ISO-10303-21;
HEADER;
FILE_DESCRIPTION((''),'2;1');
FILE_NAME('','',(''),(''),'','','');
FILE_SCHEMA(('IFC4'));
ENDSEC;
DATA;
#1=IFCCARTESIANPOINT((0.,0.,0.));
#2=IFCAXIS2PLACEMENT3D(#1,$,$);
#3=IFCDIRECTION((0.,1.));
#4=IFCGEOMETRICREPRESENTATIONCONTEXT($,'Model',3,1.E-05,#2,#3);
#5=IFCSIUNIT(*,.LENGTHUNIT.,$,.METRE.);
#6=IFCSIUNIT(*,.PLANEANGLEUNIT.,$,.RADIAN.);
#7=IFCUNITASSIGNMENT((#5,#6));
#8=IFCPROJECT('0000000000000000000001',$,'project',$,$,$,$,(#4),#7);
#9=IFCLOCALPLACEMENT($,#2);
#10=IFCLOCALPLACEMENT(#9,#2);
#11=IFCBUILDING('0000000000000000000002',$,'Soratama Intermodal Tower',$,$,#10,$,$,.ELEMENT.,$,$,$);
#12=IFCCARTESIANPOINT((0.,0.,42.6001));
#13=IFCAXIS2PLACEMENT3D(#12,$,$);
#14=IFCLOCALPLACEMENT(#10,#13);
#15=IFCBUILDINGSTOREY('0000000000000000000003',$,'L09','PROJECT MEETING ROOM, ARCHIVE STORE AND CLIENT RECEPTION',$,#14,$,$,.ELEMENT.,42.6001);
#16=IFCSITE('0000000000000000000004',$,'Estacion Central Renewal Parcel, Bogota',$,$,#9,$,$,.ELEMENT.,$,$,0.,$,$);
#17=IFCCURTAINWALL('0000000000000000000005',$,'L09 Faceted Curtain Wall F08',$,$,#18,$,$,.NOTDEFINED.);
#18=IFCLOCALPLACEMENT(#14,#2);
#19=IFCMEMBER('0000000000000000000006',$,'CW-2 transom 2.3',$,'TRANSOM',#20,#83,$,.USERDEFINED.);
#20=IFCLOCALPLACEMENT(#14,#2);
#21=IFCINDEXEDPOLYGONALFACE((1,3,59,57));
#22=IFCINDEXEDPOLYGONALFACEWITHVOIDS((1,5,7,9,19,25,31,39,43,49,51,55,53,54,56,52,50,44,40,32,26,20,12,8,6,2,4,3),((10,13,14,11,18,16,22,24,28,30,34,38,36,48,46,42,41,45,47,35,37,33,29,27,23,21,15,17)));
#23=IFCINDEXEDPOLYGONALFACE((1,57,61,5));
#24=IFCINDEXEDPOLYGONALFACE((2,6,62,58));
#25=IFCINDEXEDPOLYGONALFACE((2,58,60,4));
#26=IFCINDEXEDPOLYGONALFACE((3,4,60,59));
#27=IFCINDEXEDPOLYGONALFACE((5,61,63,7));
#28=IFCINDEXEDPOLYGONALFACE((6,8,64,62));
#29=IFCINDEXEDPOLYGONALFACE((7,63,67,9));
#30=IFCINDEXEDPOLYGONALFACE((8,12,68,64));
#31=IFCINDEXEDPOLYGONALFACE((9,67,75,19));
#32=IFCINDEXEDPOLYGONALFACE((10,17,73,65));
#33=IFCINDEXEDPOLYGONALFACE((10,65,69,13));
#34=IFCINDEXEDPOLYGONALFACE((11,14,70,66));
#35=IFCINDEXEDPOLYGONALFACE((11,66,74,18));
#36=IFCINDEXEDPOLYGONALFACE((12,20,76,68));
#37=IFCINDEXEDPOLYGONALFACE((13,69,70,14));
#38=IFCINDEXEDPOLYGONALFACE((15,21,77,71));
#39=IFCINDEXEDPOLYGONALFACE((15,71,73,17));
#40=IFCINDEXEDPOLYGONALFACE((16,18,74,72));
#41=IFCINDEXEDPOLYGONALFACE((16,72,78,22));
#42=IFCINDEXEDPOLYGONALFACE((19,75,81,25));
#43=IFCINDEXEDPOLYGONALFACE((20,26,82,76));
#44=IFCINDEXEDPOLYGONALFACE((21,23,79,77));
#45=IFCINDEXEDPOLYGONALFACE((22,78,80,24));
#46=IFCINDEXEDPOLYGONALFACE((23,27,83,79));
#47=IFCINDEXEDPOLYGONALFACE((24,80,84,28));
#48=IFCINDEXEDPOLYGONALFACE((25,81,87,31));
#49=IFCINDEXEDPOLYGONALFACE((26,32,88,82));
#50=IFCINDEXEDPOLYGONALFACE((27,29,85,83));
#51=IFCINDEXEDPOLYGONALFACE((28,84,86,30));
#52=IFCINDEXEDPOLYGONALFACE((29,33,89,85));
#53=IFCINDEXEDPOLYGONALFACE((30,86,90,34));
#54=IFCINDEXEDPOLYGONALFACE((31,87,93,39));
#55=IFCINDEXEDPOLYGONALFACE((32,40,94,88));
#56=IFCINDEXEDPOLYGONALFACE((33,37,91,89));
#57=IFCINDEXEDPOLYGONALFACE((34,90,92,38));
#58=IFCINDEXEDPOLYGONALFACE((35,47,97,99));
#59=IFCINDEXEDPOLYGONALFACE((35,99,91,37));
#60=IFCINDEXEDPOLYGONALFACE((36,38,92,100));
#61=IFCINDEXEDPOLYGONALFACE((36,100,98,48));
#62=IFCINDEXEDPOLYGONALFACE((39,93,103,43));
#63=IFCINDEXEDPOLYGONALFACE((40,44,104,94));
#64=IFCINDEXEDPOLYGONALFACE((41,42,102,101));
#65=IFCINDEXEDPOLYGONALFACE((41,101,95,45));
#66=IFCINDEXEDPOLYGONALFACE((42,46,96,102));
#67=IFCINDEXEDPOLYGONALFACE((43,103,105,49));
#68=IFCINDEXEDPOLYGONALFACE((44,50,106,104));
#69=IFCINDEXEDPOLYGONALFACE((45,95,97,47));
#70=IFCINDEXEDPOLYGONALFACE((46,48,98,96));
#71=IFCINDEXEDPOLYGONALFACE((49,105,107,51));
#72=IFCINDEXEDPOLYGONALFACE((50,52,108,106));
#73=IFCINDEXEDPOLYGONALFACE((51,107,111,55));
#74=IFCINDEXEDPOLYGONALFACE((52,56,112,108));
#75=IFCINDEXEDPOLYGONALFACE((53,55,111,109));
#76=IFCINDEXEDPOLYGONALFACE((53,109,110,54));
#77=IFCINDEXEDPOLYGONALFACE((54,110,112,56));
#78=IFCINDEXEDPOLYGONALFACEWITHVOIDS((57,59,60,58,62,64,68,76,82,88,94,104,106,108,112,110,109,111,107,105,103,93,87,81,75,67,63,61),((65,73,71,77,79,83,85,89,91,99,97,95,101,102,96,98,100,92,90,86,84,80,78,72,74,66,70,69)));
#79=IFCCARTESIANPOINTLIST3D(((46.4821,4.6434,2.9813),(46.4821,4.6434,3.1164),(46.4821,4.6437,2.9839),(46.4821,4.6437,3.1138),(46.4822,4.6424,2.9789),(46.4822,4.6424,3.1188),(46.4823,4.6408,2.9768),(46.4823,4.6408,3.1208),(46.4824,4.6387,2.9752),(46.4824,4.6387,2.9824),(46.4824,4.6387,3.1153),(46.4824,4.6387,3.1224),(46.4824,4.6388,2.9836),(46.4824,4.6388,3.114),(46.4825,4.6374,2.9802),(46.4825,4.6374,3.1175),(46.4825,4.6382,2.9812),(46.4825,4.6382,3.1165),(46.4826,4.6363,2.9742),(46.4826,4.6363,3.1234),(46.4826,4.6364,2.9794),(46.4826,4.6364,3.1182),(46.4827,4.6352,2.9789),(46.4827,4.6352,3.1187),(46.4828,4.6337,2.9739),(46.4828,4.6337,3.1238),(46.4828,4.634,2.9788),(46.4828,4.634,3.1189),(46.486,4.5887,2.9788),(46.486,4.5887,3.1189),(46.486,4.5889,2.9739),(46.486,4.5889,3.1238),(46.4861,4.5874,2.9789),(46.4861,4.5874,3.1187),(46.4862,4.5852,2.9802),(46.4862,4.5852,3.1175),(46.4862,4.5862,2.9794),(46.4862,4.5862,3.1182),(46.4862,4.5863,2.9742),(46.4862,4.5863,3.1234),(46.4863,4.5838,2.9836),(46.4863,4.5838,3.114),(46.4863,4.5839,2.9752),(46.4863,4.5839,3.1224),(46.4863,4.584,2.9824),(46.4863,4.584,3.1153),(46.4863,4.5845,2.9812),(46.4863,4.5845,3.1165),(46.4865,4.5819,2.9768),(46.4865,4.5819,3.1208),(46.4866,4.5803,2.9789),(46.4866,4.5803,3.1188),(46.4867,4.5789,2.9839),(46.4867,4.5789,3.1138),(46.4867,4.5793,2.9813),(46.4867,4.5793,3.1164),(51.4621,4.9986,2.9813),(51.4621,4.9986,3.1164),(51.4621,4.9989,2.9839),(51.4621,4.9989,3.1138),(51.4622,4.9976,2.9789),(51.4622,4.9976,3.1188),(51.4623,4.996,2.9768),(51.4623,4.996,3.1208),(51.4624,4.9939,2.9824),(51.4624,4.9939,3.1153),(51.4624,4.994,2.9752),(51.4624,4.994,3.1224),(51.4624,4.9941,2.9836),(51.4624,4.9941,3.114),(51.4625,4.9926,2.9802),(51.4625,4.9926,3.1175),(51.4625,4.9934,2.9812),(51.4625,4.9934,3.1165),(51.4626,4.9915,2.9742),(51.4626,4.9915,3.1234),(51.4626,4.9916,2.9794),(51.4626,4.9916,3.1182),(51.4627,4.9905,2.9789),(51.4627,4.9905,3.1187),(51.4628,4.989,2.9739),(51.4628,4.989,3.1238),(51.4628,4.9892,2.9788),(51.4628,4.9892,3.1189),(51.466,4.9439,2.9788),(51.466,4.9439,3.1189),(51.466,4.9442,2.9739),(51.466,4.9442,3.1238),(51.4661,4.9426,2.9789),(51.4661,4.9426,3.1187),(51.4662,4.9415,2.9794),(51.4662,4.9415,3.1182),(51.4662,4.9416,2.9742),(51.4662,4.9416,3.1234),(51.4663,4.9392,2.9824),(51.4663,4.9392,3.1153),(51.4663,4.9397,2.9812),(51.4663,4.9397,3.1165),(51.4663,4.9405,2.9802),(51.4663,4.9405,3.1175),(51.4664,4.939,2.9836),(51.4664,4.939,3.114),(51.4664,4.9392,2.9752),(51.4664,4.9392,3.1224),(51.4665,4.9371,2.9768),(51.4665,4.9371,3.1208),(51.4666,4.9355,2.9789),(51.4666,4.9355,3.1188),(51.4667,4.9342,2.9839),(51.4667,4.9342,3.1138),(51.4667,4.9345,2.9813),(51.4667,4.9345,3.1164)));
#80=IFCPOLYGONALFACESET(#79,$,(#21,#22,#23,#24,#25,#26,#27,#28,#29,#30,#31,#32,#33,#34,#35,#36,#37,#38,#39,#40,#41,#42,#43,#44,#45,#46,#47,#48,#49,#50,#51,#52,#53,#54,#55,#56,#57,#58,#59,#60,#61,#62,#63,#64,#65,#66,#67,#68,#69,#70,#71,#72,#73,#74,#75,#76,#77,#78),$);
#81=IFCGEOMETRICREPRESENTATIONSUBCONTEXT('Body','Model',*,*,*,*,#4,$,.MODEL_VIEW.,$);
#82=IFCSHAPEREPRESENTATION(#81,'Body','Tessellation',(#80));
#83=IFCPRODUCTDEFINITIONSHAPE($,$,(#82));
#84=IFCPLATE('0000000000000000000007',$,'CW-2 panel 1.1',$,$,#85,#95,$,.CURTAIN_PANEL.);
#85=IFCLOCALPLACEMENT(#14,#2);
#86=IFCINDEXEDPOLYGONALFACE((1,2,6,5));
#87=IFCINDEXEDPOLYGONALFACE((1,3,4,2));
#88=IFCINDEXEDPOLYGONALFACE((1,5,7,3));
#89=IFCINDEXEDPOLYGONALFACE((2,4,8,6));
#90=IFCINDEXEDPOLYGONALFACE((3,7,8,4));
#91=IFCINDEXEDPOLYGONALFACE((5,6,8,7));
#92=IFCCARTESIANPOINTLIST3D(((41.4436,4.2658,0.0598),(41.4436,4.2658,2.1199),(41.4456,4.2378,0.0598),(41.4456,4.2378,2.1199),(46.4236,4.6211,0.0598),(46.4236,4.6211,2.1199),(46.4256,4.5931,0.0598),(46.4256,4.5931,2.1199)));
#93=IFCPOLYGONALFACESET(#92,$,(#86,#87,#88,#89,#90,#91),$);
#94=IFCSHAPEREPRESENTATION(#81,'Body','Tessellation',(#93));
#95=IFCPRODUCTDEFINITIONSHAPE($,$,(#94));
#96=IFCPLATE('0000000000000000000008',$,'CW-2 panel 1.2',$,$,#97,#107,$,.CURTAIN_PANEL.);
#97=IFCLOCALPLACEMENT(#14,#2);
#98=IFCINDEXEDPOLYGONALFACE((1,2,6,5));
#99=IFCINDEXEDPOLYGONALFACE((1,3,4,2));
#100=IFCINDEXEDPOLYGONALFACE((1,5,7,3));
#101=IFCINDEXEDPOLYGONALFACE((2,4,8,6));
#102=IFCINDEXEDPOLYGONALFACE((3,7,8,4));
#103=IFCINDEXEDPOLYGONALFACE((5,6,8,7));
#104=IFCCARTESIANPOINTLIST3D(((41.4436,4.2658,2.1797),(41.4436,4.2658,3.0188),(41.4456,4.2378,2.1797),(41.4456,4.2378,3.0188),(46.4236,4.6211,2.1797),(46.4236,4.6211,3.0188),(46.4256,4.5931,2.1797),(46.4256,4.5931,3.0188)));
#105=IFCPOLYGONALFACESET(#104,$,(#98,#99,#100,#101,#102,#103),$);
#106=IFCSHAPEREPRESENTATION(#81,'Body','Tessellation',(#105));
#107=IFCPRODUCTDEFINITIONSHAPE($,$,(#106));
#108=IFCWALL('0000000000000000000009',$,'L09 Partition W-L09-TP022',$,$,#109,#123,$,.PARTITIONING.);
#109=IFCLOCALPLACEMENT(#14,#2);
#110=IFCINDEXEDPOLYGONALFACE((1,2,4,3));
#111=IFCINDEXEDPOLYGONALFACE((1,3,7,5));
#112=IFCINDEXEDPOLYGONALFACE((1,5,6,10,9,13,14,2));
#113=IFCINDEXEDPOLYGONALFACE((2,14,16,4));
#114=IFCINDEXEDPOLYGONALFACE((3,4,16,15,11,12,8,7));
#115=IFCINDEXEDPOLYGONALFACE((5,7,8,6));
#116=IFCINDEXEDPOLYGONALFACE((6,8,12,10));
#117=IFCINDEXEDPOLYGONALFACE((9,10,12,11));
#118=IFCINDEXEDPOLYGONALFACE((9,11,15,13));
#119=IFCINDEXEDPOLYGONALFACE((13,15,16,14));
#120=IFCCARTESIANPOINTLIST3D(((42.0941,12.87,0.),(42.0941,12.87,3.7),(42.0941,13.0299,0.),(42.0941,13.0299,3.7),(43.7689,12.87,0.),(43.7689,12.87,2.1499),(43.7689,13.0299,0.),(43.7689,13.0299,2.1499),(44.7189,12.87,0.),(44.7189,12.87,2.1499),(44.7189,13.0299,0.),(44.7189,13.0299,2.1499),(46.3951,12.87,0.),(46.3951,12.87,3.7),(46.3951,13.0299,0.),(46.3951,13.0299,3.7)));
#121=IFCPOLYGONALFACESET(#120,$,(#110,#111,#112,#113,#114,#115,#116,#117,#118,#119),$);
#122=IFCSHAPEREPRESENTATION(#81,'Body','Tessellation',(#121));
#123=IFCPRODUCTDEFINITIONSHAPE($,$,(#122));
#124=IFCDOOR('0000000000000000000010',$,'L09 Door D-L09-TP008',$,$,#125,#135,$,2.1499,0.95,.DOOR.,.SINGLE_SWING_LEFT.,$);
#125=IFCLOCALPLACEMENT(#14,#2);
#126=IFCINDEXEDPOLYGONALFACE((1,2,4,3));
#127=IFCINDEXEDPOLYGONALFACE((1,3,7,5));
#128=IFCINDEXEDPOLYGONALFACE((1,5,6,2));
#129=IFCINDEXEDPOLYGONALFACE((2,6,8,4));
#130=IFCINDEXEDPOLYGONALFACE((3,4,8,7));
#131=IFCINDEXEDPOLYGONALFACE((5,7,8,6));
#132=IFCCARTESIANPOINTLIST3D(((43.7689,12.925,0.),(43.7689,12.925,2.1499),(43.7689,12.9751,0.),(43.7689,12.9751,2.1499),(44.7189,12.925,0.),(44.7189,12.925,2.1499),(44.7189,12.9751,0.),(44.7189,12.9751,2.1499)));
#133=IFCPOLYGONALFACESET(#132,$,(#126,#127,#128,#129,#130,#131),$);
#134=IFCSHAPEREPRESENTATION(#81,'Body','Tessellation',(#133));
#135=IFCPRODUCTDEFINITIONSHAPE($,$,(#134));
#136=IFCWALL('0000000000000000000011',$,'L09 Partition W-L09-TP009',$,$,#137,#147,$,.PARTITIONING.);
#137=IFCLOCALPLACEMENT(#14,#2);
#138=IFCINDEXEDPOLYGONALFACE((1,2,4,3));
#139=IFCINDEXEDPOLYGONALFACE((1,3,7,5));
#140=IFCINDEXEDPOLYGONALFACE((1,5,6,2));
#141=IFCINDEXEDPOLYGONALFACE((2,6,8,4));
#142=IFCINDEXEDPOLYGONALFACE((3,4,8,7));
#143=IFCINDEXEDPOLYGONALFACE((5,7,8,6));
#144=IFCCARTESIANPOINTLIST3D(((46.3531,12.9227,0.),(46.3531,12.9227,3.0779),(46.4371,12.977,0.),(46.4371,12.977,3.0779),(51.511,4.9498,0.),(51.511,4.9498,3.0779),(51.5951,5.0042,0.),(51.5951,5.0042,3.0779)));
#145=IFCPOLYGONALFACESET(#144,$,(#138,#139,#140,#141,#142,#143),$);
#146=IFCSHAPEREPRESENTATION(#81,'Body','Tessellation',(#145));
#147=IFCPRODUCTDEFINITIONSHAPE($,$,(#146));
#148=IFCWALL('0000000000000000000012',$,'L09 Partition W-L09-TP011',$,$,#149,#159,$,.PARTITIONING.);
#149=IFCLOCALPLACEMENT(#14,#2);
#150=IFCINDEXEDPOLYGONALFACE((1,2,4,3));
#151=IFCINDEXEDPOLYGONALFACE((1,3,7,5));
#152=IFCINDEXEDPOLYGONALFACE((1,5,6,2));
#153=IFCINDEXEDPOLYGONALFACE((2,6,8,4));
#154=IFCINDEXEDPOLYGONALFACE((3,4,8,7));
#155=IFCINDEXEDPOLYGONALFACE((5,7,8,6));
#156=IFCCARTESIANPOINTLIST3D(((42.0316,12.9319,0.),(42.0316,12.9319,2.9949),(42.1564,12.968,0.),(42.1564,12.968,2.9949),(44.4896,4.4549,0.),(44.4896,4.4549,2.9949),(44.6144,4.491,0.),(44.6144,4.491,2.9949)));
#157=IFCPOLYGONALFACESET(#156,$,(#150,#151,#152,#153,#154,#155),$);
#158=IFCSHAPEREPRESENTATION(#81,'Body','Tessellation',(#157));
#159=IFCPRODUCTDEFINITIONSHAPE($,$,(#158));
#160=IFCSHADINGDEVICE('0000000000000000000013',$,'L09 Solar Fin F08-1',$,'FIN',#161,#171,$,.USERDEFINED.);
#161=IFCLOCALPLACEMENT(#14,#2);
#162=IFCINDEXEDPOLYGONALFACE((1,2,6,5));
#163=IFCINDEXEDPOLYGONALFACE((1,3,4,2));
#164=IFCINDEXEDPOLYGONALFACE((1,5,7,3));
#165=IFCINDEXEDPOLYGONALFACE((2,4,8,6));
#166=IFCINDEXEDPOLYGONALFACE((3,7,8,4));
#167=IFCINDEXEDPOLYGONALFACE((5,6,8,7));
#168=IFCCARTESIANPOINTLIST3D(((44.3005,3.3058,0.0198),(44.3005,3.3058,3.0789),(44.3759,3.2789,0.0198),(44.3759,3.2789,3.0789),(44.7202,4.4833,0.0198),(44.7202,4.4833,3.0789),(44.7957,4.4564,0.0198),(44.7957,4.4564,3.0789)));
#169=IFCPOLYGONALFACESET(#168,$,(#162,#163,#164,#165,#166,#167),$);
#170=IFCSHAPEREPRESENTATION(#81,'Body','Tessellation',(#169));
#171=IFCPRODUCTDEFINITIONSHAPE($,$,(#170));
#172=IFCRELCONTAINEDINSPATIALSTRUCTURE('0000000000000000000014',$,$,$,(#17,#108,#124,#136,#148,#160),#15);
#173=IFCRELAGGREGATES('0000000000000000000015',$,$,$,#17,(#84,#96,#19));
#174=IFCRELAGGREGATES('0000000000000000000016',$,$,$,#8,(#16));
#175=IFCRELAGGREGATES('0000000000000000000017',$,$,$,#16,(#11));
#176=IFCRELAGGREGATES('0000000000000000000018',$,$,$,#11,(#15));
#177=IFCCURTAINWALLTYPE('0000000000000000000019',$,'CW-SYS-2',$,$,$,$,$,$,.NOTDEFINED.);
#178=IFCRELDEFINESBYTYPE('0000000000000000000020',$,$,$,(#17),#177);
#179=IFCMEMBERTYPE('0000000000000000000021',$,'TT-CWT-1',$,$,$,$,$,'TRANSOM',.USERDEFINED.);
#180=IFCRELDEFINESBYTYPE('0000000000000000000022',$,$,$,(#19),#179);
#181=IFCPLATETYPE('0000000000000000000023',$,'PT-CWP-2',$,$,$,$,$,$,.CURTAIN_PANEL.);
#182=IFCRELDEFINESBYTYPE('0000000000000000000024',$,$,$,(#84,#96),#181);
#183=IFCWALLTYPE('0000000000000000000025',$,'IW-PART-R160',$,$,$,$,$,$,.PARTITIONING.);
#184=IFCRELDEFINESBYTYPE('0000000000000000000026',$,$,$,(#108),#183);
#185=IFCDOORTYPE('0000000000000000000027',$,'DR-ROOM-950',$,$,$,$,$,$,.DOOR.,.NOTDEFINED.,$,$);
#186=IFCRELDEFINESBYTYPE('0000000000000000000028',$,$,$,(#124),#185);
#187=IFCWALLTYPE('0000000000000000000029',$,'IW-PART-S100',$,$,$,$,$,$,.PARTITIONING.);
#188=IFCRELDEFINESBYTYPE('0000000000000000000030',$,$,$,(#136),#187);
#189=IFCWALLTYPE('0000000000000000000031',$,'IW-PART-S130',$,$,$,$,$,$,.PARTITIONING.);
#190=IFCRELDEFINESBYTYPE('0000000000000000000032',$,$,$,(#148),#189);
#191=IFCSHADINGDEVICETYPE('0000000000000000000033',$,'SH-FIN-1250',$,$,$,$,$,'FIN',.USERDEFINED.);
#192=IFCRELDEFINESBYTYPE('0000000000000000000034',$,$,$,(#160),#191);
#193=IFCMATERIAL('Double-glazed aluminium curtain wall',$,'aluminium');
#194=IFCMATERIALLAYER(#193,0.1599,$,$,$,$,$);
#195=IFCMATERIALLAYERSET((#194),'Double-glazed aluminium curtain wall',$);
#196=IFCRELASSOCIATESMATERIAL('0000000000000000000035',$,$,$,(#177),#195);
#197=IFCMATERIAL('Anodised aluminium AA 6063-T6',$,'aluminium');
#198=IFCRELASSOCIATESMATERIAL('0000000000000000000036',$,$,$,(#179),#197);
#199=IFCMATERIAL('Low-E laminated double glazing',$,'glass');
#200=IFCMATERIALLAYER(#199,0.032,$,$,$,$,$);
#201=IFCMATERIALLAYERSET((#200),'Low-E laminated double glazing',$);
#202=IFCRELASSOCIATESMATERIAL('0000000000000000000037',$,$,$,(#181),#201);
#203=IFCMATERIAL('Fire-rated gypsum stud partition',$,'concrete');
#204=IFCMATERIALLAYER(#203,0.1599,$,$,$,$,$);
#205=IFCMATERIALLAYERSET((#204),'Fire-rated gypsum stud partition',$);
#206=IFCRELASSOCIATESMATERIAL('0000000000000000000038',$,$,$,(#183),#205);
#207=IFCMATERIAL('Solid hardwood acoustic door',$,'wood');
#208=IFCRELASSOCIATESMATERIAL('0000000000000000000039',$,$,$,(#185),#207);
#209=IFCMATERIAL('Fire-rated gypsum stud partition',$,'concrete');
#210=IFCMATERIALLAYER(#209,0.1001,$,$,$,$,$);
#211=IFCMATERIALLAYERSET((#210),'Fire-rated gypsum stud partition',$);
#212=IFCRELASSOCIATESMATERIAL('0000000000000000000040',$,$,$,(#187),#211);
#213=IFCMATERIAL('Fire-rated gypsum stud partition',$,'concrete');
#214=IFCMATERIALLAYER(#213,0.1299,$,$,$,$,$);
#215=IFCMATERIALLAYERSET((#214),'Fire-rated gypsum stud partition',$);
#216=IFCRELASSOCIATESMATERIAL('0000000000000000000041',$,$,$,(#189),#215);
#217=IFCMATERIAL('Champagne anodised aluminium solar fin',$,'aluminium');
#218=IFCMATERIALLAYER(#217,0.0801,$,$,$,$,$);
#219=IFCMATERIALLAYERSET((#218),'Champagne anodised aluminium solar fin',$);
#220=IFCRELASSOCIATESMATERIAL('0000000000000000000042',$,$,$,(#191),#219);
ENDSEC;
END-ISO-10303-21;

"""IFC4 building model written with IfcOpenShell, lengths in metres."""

from ifc_helpers import new_model, si_unit, direction, frame, frame_2d, origin, origin_2d, place, context, subcontext, project, spatial, rectangle, hollow_rectangle, extrude, material, layer, layer_set, material_profile, profile_set, type_object, element, fill, aggregate, save


model = new_model("IFC4")

# Units and contexts
model_context = context("Model", 3, precision=1e-05, world=origin(), true_north=direction((0.0, 1.0)))
body_context = subcontext(model_context, "Body", "Model", "MODEL_VIEW")
ifc_project = project(units=[si_unit("LENGTHUNIT", "METRE"), si_unit("PLANEANGLEUNIT", "RADIAN")], contexts=[model_context])

# Site, building, storey
site_placement = place(None, origin())
site = spatial("IfcSite", under=ifc_project, at=site_placement, Name="Estacion Central Renewal Parcel, Bogota", CompositionType="ELEMENT", RefElevation=0.0)
building_placement = place(site_placement, origin())
building = spatial("IfcBuilding", under=site, at=building_placement, Name="Soratama Intermodal Tower", CompositionType="ELEMENT")
storey_placement = place(building_placement, frame((0.0, 0.0, 42.6001)))
storey = spatial("IfcBuildingStorey", under=building, at=storey_placement, Name="L09", Description="PROJECT MEETING ROOM, ARCHIVE STORE AND CLIENT RECEPTION", CompositionType="ELEMENT", Elevation=42.6001)

# Curtain wall, member, plates
ifc_material_1 = material(Name="Double-glazed aluminium curtain wall", Category="aluminium")
ifc_layer_1 = layer(ifc_material_1, 0.1599)
ifc_layer_set_1 = layer_set([ifc_layer_1], Name="Double-glazed aluminium curtain wall")
curtain_wall_type = type_object("IfcCurtainWallType", Name="CW-SYS-2", PredefinedType="NOTDEFINED", material=ifc_layer_set_1)
curtain_wall_placement = place(storey_placement, origin())
curtain_wall = element("IfcCurtainWall", 1, at=curtain_wall_placement, inside=storey, type_object=curtain_wall_type, Name="L09 Faceted Curtain Wall F08", PredefinedType="NOTDEFINED")
ifc_material_2 = material(Name="Anodised aluminium AA 6063-T6", Category="aluminium")
ifc_material_profile_1 = material_profile(ifc_material_2, hollow_rectangle(XDim=0.0649, YDim=0.1499, WallThickness=0.0049, InnerFilletRadius=0.0049, OuterFilletRadius=0.01, at=origin_2d()), Name="CWT150X65X5")
ifc_profile_set_1 = profile_set([ifc_material_profile_1], Name="Anodised aluminium AA 6063-T6")
member_type_1 = type_object("IfcMemberType", Name="TT-CWT-1", ElementType="TRANSOM", PredefinedType="USERDEFINED", material=ifc_profile_set_1)
member_1_placement = place(storey_placement, frame((46.4844, 4.6113, 3.0488), z_axis=(0.997466, 0.07115, 0.0), x_axis=(-0.07115, 0.997466, 0.0)))
member_1 = element("IfcMember", 2, at=member_1_placement, type_object=member_type_1, Name="CW-2 transom 2.3", ObjectType="TRANSOM", PredefinedType="USERDEFINED", context=body_context, shape_type="SweptSolid", body=[
    extrude(hollow_rectangle(XDim=0.0649, YDim=0.1499, WallThickness=0.0049, InnerFilletRadius=0.0049, OuterFilletRadius=0.01, at=origin_2d()), origin(), (0.0, 0.0, 1.0), 4.9927),
])
ifc_material_3 = material(Name="Low-E laminated double glazing", Category="glass")
ifc_layer_2 = layer(ifc_material_3, 0.032)
ifc_layer_set_2 = layer_set([ifc_layer_2], Name="Low-E laminated double glazing")
plate_type = type_object("IfcPlateType", Name="PT-CWP-2", PredefinedType="CURTAIN_PANEL", material=ifc_layer_set_2)
plate_1_placement = place(storey_placement, frame((43.9346, 4.4294, 0.0598), z_axis=(0.0, 0.0, 1.0), x_axis=(0.997465, 0.071154, 0.0)))
plate_1 = element("IfcPlate", 3, at=plate_1_placement, type_object=plate_type, Name="CW-2 panel 1.1", PredefinedType="CURTAIN_PANEL", context=body_context, shape_type="SweptSolid", body=[
    extrude(rectangle(XDim=4.9927, YDim=0.0281, at=origin_2d()), origin(), (0.0, 0.0, 1.0), 2.0601),
])
plate_2_placement = place(storey_placement, frame((43.9346, 4.4294, 2.1797), z_axis=(0.0, 0.0, 1.0), x_axis=(0.997465, 0.071154, 0.0)))
plate_2 = element("IfcPlate", 4, at=plate_2_placement, type_object=plate_type, Name="CW-2 panel 1.2", PredefinedType="CURTAIN_PANEL", context=body_context, shape_type="SweptSolid", body=[
    extrude(rectangle(XDim=4.9927, YDim=0.0281, at=origin_2d()), origin(), (0.0, 0.0, 1.0), 0.8391),
])
aggregate(curtain_wall, [plate_1, plate_2, member_1])

# Wall, opening, door
ifc_material_4 = material(Name="Fire-rated gypsum stud partition", Category="concrete")
ifc_layer_3 = layer(ifc_material_4, 0.1599)
ifc_layer_set_3 = layer_set([ifc_layer_3], Name="Fire-rated gypsum stud partition")
wall_type_1 = type_object("IfcWallType", Name="IW-PART-R160", PredefinedType="PARTITIONING", material=ifc_layer_set_3)
wall_1_placement = place(storey_placement, frame((46.395, 12.95, 0.0), z_axis=(0.0, 0.0, 1.0), x_axis=(-1.0, 0.0, 0.0)))
wall_1 = element("IfcWall", 5, at=wall_1_placement, inside=storey, type_object=wall_type_1, Name="L09 Partition W-L09-TP022", PredefinedType="PARTITIONING", context=body_context, shape_type="SweptSolid", body=[
    extrude(rectangle(XDim=4.301, YDim=0.1599, at=frame_2d((2.1504, 0.0))), origin(), (0.0, 0.0, 1.0), 3.7),
])
opening_1_placement = place(wall_1_placement, frame((1.676, 0.0, 0.0)))
opening_1 = element("IfcOpeningElement", 6, at=opening_1_placement, cuts=wall_1, PredefinedType="OPENING", context=body_context, shape_type="SweptSolid", body=[
    extrude(rectangle(XDim=0.95, YDim=2.1499, at=frame_2d((0.4751, 1.075))), frame((0.0, 0.0898, 0.0), z_axis=(0.0, -1.0, 0.0), x_axis=(1.0, 0.0, 0.0)), (0.0, 0.0, 1.0), 0.1799),
])
ifc_material_5 = material(Name="Solid hardwood acoustic door", Category="wood")
door_type = type_object("IfcDoorType", Name="DR-ROOM-950", OperationType="NOTDEFINED", PredefinedType="DOOR", material=ifc_material_5)
door_1_placement = place(opening_1_placement, origin())
door_1 = element("IfcDoor", 7, at=door_1_placement, inside=storey, type_object=door_type, Name="L09 Door D-L09-TP008", OperationType="SINGLE_SWING_LEFT", OverallHeight=2.1499, OverallWidth=0.95, PredefinedType="DOOR", context=body_context, shape_type="SweptSolid", body=[
    extrude(rectangle(XDim=0.95, YDim=2.1499, at=frame_2d((0.4751, 1.075))), frame((0.0, 0.0249, 0.0), z_axis=(0.0, -1.0, 0.0), x_axis=(1.0, 0.0, 0.0)), (0.0, 0.0, 1.0), 0.05),
])
fill(opening_1, door_1)

# Walls
ifc_material_6 = material(Name="Fire-rated gypsum stud partition", Category="concrete")
ifc_layer_4 = layer(ifc_material_6, 0.1001)
ifc_layer_set_4 = layer_set([ifc_layer_4], Name="Fire-rated gypsum stud partition")
wall_type_2 = type_object("IfcWallType", Name="IW-PART-S100", PredefinedType="PARTITIONING", material=ifc_layer_set_4)
wall_2_placement = place(storey_placement, frame((46.395, 12.95, 0.0), z_axis=(0.0, 0.0, 1.0), x_axis=(0.543179, -0.839617, 0.0)))
element("IfcWall", 8, at=wall_2_placement, inside=storey, type_object=wall_type_2, Name="L09 Partition W-L09-TP009", PredefinedType="PARTITIONING", context=body_context, shape_type="SweptSolid", body=[
    extrude(rectangle(XDim=9.4958, YDim=0.1001, at=frame_2d((4.748, 0.0))), origin(), (0.0, 0.0, 1.0), 3.0779),
])
ifc_material_7 = material(Name="Fire-rated gypsum stud partition", Category="concrete")
ifc_layer_5 = layer(ifc_material_7, 0.1299)
ifc_layer_set_5 = layer_set([ifc_layer_5], Name="Fire-rated gypsum stud partition")
wall_type_3 = type_object("IfcWallType", Name="IW-PART-S130", PredefinedType="PARTITIONING", material=ifc_layer_set_5)
wall_3_placement = place(storey_placement, frame((42.094, 12.95, 0.0), z_axis=(0.0, 0.0, 1.0), x_axis=(0.278489, -0.960439, 0.0)))
element("IfcWall", 9, at=wall_3_placement, inside=storey, type_object=wall_type_3, Name="L09 Partition W-L09-TP011", PredefinedType="PARTITIONING", context=body_context, shape_type="SweptSolid", body=[
    extrude(rectangle(XDim=8.8262, YDim=0.1299, at=frame_2d((4.4131, 0.0))), origin(), (0.0, 0.0, 1.0), 2.9949),
])

# Shading device
ifc_material_8 = material(Name="Champagne anodised aluminium solar fin", Category="aluminium")
ifc_layer_6 = layer(ifc_material_8, 0.0801)
ifc_layer_set_6 = layer_set([ifc_layer_6], Name="Champagne anodised aluminium solar fin")
shading_device_type = type_object("IfcShadingDeviceType", Name="SH-FIN-1250", ElementType="FIN", PredefinedType="USERDEFINED", material=ifc_layer_set_6)
shading_device_placement = place(storey_placement, frame((44.5481, 3.8811, 0.0198), z_axis=(0.0, 0.0, 1.0), x_axis=(-0.33578, -0.94194, 0.0)))
element("IfcShadingDevice", 10, at=shading_device_placement, inside=storey, type_object=shading_device_type, Name="L09 Solar Fin F08-1", ObjectType="FIN", PredefinedType="USERDEFINED", context=body_context, shape_type="SweptSolid", body=[
    extrude(rectangle(XDim=1.25, YDim=0.0801, at=origin_2d()), origin(), (0.0, 0.0, 1.0), 3.0591),
])

save(model, "model.ifc")
